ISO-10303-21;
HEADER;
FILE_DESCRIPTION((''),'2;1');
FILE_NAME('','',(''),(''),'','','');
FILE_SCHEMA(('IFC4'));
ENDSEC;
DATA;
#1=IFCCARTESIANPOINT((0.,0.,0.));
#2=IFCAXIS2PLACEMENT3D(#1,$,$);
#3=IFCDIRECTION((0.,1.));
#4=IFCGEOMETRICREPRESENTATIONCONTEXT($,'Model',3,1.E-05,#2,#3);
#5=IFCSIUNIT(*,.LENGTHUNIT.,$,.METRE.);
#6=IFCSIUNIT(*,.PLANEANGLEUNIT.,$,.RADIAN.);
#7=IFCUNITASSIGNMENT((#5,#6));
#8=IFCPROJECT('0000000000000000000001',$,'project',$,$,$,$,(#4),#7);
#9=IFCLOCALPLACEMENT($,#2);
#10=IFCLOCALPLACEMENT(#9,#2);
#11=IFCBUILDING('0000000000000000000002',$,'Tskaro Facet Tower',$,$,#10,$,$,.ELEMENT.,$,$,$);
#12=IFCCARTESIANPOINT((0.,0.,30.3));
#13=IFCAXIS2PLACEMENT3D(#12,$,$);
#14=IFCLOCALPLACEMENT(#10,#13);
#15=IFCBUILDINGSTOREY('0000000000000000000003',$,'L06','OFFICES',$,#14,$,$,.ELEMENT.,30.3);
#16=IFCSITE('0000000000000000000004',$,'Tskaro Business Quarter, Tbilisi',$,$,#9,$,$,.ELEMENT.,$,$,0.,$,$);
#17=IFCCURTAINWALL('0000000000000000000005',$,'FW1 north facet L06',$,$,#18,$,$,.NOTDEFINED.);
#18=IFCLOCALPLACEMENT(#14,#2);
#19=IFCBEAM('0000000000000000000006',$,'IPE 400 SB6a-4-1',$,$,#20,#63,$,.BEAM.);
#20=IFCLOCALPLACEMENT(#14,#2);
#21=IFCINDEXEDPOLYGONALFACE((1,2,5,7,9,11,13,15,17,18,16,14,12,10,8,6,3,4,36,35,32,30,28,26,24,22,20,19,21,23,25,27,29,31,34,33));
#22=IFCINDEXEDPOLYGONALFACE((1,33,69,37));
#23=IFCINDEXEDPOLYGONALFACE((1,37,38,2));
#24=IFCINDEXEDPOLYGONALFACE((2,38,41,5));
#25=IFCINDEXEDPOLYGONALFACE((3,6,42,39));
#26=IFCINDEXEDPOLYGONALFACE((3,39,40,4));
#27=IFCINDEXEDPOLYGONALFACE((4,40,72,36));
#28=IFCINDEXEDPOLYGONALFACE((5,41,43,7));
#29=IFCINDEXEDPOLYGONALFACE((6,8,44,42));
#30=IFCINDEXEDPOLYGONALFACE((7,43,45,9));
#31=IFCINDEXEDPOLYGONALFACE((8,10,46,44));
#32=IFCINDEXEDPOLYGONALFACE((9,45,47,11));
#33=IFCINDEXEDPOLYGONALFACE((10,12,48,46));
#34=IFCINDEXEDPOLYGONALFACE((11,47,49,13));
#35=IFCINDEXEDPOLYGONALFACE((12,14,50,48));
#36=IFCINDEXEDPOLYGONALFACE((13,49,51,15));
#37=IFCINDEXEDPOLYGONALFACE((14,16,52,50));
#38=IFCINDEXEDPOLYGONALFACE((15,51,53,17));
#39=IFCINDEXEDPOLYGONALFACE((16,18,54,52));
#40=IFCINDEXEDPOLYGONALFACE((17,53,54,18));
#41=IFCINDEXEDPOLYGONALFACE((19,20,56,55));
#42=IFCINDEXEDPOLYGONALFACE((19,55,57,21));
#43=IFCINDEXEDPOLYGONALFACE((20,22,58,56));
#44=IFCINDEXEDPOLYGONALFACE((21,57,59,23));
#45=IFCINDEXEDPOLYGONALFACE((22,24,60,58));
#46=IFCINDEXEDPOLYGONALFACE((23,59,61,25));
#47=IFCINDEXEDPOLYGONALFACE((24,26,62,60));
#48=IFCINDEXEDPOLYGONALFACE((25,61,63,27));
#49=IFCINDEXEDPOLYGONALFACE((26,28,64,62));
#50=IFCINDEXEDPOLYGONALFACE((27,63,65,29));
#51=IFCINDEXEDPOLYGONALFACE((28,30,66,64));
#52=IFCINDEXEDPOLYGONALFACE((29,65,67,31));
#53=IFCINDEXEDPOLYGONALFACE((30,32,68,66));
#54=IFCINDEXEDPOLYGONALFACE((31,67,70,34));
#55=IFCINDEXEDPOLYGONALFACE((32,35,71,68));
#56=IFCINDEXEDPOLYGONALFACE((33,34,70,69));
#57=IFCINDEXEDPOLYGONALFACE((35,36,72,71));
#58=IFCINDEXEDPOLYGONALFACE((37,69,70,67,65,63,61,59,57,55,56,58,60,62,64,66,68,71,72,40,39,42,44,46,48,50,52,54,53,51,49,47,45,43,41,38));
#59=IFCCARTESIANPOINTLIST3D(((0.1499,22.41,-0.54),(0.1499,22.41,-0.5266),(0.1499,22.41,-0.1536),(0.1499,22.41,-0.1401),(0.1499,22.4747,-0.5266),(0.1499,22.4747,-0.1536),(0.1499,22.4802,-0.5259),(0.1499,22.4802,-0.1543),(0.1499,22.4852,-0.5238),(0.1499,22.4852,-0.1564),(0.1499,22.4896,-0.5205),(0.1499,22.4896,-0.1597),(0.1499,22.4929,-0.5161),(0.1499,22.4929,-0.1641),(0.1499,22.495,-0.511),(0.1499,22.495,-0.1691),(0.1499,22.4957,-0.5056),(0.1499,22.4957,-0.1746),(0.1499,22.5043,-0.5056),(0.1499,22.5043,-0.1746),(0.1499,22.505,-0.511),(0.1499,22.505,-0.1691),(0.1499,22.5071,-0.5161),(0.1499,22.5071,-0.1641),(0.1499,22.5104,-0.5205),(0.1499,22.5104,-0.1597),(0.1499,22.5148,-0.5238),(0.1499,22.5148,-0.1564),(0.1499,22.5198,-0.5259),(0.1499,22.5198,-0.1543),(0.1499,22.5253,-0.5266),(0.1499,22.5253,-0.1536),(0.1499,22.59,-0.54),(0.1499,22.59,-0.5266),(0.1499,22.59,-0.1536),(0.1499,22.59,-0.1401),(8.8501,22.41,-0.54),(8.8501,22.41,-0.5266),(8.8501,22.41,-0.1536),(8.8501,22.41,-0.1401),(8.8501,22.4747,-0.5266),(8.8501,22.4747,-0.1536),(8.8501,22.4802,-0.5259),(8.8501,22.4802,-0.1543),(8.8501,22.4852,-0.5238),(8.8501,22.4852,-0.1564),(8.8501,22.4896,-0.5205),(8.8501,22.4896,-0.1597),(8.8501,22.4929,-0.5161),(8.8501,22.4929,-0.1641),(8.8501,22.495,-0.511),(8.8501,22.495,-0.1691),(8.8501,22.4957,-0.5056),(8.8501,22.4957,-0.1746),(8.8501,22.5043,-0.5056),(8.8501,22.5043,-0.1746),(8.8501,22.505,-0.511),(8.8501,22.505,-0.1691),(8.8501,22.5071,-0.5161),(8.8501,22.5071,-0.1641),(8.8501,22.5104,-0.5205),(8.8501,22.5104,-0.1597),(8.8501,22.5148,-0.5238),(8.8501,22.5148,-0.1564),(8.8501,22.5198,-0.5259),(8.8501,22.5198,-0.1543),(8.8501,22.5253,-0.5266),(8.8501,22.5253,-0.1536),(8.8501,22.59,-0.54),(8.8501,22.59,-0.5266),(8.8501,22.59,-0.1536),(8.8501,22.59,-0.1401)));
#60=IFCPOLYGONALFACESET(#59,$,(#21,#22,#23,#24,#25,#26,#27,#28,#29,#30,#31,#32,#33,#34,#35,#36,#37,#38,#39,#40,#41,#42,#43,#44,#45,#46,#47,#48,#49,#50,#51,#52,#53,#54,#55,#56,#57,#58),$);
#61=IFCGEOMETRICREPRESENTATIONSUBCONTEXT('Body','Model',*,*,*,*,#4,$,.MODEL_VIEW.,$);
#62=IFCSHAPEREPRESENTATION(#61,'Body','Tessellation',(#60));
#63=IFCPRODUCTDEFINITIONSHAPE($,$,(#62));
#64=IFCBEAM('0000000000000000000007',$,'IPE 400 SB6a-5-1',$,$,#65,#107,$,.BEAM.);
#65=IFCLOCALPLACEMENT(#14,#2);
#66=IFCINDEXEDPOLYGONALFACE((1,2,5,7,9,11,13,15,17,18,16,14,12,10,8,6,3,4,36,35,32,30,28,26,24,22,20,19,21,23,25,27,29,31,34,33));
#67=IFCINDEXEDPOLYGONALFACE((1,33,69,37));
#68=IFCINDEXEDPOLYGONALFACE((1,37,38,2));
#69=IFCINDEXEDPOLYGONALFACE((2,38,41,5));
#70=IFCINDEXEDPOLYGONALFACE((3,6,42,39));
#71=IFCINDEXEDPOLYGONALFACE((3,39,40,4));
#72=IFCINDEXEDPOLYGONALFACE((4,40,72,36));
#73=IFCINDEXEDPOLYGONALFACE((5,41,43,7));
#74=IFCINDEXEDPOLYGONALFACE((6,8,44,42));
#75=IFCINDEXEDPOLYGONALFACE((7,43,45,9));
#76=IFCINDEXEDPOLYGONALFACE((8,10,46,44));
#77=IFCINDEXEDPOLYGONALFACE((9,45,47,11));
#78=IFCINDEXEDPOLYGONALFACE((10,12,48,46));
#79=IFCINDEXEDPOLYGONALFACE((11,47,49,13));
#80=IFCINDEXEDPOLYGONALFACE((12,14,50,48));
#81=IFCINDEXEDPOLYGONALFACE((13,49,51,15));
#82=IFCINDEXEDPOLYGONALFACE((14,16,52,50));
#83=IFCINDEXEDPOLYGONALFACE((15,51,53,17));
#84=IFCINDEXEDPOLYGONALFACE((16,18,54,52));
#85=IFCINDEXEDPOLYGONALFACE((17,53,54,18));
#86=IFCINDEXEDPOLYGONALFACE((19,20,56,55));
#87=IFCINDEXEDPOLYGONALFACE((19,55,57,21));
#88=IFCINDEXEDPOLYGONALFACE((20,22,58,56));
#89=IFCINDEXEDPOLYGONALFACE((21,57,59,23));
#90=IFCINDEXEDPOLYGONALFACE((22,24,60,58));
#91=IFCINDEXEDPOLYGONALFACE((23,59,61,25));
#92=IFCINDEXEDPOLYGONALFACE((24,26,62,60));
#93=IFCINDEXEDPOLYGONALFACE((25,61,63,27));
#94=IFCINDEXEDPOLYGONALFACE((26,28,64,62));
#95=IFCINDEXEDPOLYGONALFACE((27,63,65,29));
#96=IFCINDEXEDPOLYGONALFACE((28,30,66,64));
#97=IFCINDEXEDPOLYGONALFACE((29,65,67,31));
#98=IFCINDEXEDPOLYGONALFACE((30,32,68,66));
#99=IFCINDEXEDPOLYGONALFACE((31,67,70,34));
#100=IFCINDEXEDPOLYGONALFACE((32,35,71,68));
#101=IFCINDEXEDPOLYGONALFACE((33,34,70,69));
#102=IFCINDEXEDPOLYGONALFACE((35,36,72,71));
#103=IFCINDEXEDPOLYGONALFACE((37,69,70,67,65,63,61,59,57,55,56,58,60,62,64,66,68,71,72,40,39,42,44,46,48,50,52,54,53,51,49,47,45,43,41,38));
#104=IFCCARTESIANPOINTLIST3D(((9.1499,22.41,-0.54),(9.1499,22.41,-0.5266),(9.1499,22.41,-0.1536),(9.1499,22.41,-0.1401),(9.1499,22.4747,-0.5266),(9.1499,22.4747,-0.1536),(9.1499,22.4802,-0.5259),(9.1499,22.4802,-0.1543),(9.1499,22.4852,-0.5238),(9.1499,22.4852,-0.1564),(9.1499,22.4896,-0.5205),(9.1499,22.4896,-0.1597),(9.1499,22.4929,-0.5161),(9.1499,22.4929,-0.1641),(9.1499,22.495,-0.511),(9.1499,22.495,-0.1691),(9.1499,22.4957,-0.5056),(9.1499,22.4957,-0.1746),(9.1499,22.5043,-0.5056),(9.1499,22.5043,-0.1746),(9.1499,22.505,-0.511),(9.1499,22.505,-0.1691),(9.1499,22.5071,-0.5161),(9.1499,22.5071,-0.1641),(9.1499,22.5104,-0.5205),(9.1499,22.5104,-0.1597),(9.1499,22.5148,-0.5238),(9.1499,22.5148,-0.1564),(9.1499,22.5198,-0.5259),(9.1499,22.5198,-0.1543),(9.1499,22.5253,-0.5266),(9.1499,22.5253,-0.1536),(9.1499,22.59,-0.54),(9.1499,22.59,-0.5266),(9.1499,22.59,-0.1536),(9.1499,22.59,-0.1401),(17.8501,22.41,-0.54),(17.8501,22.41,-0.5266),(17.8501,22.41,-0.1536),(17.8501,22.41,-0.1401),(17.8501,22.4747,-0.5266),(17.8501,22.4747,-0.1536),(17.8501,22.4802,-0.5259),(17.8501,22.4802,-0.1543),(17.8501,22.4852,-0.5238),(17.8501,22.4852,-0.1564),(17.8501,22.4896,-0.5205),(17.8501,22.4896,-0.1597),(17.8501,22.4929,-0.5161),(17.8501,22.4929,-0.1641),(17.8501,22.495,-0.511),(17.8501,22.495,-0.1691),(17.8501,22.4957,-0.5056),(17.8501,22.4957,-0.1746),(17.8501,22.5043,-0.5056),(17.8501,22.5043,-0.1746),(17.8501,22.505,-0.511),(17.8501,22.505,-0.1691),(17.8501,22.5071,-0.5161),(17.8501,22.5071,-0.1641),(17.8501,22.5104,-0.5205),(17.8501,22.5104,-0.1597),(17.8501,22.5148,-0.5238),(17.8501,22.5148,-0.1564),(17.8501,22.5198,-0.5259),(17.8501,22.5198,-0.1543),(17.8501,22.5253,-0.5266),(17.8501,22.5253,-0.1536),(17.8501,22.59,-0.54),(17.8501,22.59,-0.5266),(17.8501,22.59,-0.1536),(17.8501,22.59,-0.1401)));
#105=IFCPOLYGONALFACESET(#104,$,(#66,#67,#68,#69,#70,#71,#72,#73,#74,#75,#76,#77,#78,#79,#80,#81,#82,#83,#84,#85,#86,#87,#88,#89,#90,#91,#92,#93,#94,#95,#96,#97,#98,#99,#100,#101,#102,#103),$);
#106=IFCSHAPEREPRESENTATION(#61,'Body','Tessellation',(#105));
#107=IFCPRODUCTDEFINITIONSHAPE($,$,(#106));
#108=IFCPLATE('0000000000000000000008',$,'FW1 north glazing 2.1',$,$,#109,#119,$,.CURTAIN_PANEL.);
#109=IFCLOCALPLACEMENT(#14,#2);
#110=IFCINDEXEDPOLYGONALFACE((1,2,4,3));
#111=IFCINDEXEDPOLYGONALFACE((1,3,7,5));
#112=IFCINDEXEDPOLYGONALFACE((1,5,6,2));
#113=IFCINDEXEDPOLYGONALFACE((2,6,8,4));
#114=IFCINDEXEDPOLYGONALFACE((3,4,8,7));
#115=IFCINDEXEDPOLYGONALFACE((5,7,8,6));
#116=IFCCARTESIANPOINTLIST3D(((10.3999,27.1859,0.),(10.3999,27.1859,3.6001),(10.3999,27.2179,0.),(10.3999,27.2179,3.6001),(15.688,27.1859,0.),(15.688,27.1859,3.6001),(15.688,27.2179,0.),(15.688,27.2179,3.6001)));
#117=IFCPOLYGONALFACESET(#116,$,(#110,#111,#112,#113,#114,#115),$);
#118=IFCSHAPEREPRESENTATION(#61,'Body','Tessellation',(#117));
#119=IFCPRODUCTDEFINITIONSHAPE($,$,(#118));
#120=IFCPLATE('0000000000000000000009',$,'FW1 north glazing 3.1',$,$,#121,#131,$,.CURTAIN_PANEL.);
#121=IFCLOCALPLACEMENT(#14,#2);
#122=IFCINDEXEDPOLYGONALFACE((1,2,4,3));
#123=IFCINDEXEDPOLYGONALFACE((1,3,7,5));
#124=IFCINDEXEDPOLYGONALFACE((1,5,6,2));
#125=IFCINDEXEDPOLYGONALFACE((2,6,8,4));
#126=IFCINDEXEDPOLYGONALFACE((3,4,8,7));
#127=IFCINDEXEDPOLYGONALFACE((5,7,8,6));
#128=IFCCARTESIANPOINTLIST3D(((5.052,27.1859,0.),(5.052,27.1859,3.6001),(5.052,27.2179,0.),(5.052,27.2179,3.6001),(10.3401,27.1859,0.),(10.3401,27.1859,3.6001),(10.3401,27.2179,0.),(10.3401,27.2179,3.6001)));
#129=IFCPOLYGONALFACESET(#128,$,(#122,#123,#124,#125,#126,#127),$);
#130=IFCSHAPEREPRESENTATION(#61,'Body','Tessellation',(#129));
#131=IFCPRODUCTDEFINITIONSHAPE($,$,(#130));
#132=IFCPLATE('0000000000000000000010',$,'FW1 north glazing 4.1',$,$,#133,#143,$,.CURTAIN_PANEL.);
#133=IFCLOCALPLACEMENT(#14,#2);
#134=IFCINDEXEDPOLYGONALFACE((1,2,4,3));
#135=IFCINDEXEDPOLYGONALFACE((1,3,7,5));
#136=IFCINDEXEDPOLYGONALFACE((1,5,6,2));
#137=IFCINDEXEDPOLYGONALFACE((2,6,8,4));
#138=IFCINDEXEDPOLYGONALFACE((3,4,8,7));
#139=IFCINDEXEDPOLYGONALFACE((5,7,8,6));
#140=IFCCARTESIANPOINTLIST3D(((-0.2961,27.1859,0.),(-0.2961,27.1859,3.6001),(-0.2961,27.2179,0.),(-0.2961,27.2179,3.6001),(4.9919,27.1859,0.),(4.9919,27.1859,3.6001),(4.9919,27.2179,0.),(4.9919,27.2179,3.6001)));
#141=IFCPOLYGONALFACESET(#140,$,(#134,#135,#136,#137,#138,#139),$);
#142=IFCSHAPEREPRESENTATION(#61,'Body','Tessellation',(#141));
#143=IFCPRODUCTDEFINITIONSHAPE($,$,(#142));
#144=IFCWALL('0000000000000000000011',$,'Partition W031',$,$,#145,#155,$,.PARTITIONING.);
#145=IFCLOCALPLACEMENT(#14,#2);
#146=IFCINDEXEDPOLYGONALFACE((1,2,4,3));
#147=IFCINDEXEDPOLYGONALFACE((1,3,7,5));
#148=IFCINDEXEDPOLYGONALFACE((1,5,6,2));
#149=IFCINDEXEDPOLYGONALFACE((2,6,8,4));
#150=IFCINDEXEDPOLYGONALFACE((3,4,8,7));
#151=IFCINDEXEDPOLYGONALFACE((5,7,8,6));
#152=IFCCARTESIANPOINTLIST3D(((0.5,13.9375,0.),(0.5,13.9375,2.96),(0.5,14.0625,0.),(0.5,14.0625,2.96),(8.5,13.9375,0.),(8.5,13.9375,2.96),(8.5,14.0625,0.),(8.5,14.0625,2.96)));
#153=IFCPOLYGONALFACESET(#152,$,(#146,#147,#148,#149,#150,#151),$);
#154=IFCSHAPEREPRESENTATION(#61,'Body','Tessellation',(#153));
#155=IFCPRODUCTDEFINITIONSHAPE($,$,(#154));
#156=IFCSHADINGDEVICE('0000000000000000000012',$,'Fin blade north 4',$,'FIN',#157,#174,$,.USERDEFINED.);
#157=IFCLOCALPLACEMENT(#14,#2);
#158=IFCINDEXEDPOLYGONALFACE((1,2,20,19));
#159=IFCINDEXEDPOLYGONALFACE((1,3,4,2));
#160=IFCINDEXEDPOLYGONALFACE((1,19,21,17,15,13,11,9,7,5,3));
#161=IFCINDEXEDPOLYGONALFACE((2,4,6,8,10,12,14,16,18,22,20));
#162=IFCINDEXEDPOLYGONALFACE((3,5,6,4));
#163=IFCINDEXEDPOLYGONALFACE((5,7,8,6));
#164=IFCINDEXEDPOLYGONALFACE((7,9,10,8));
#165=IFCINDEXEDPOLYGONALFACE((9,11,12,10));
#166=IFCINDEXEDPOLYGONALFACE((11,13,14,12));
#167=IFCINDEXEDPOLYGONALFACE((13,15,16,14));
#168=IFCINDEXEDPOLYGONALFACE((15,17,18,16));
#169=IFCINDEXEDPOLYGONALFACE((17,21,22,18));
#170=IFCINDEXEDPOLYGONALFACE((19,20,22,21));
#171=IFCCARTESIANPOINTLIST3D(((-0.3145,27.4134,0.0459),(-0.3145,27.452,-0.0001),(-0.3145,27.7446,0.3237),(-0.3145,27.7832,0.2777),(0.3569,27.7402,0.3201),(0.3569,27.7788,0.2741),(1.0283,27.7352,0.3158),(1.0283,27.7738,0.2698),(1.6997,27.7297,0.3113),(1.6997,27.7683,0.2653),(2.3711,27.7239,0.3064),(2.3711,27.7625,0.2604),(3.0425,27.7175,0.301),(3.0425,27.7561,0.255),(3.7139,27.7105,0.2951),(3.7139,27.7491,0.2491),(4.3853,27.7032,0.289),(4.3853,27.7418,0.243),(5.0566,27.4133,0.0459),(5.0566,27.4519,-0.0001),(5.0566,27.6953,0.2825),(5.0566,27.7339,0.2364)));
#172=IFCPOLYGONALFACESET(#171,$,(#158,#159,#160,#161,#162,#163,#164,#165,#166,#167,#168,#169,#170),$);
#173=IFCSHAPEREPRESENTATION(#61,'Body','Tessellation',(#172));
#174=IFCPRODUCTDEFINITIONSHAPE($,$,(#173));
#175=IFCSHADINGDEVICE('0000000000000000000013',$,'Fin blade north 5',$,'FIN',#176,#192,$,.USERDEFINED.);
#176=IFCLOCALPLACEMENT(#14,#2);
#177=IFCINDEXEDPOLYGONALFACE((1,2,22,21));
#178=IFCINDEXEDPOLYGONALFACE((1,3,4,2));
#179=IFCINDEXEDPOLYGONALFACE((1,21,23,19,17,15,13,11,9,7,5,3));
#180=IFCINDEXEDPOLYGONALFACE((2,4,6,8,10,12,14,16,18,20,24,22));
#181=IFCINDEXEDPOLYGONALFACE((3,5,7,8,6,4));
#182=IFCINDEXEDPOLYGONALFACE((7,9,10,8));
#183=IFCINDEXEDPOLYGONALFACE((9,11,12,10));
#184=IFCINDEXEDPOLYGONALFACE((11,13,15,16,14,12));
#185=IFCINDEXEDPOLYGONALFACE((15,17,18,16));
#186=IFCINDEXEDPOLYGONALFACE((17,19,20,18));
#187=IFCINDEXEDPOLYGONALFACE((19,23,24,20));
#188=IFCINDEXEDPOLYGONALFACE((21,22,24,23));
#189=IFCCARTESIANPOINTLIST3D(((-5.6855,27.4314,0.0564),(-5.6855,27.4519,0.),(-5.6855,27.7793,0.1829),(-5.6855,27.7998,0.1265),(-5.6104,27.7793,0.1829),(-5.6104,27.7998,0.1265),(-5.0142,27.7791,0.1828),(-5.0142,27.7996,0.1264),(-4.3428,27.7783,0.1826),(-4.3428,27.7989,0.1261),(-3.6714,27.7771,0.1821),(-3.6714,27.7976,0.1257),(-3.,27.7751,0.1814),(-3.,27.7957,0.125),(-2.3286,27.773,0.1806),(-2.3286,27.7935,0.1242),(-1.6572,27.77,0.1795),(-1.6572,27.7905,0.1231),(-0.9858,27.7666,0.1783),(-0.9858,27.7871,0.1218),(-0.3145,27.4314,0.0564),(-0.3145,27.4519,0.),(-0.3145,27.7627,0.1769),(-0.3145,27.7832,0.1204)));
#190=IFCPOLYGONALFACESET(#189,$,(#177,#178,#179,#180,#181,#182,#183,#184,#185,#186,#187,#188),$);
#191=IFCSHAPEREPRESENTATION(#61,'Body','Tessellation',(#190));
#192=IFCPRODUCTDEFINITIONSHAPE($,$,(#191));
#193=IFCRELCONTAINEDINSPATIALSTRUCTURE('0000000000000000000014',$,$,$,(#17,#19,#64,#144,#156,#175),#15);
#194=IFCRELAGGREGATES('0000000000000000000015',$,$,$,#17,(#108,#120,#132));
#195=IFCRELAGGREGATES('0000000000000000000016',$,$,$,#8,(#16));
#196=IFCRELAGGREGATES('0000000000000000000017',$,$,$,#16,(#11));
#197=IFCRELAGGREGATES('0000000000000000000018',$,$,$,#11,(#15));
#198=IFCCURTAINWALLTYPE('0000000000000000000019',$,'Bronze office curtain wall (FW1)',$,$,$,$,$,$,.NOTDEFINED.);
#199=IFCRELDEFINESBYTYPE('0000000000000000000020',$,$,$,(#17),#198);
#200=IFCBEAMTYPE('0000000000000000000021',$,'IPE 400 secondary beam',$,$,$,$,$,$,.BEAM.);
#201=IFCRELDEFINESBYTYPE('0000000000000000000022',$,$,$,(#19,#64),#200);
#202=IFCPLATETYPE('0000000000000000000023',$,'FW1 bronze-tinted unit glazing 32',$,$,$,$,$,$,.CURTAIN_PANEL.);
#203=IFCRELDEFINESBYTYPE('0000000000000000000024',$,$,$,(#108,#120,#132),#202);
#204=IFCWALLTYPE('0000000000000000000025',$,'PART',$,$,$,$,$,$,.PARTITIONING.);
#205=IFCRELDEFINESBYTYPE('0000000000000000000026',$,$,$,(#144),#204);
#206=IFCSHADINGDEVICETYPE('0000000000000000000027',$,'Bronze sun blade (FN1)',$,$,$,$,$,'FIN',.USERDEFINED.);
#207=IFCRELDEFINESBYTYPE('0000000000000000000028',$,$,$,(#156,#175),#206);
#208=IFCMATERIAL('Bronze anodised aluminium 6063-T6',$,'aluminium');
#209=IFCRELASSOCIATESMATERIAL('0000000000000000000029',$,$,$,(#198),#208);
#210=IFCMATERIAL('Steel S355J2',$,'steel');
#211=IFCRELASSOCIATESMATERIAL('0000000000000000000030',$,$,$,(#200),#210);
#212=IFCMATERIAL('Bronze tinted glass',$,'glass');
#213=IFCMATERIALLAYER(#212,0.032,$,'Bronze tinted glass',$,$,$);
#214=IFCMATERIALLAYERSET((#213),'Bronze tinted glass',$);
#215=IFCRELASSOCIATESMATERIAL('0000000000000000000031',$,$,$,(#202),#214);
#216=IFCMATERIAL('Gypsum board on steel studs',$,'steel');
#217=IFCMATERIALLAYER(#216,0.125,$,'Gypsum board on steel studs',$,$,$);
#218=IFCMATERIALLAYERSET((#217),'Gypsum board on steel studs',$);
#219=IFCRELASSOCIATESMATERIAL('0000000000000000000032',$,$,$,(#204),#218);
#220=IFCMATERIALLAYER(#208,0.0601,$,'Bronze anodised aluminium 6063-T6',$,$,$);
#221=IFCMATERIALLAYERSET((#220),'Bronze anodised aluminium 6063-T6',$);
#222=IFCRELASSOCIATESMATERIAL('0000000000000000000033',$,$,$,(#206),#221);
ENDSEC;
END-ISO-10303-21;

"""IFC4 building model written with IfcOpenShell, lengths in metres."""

from ifc_helpers import new_model, si_unit, direction, frame, frame_2d, origin, origin_2d, place, context, subcontext, project, spatial, polyline, rectangle, i_section, outline, extrude, material, layer, layer_set, material_profile, profile_set, type_object, element, aggregate, save


model = new_model("IFC4")

# Units and contexts
model_context = context("Model", 3, precision=1e-05, world=origin(), true_north=direction((0.0, 1.0)))
body_context = subcontext(model_context, "Body", "Model", "MODEL_VIEW")
ifc_project = project(units=[si_unit("LENGTHUNIT", "METRE"), si_unit("PLANEANGLEUNIT", "RADIAN")], contexts=[model_context])

# Site, building, storey
site_placement = place(None, origin())
site = spatial("IfcSite", under=ifc_project, at=site_placement, Name="Tskaro Business Quarter, Tbilisi", CompositionType="ELEMENT", RefElevation=0.0)
building_placement = place(site_placement, origin())
building = spatial("IfcBuilding", under=site, at=building_placement, Name="Tskaro Facet Tower", CompositionType="ELEMENT")
storey_placement = place(building_placement, frame((0.0, 0.0, 30.3)))
storey = spatial("IfcBuildingStorey", under=building, at=storey_placement, Name="L06", Description="OFFICES", CompositionType="ELEMENT", Elevation=30.3)

# Curtain wall
ifc_material_1 = material(Name="Bronze anodised aluminium 6063-T6", Category="aluminium")
curtain_wall_type = type_object("IfcCurtainWallType", Name="Bronze office curtain wall (FW1)", PredefinedType="NOTDEFINED", material=ifc_material_1)
curtain_wall_placement = place(storey_placement, origin())
curtain_wall = element("IfcCurtainWall", 1, at=curtain_wall_placement, inside=storey, type_object=curtain_wall_type, Name="FW1 north facet L06", PredefinedType="NOTDEFINED")

# Beams
ifc_material_2 = material(Name="Steel S355J2", Category="steel")
ifc_material_profile_1 = material_profile(ifc_material_2, i_section(OverallWidth=0.1799, OverallDepth=0.3999, WebThickness=0.0085, FlangeThickness=0.0134, FilletRadius=0.021, at=origin_2d()), Name="IPE 400")
ifc_profile_set_1 = profile_set([ifc_material_profile_1], Name="Steel S355J2")
beam_type_1 = type_object("IfcBeamType", Name="IPE 400 secondary beam", PredefinedType="BEAM", material=ifc_profile_set_1)
for number, where, z_axis, x_axis, name in (
    (2, (0.1499, 22.5, -0.3401), (1.0, 0.0, 0.0), (0.0, 1.0, 0.0), "IPE 400 SB6a-4-1"),
    (3, (9.1499, 22.5, -0.3401), (1.0, 0.0, 0.0), (0.0, 1.0, 0.0), "IPE 400 SB6a-5-1"),
):
    element("IfcBeam", number, at=place(storey_placement, frame(where, z_axis=z_axis, x_axis=x_axis)), inside=storey, type_object=beam_type_1, Name=name, PredefinedType="BEAM", context=body_context, shape_type="SweptSolid", body=[
        extrude(i_section(OverallWidth=0.1799, OverallDepth=0.3999, WebThickness=0.0085, FlangeThickness=0.0134, FilletRadius=0.021, at=origin_2d()), origin(), (0.0, 0.0, 1.0), 8.7002),
    ])

# Plates
ifc_material_3 = material(Name="Bronze tinted glass", Category="glass")
ifc_layer_1 = layer(ifc_material_3, 0.032, Name="Bronze tinted glass")
ifc_layer_set_1 = layer_set([ifc_layer_1], Name="Bronze tinted glass")
plate_type = type_object("IfcPlateType", Name="FW1 bronze-tinted unit glazing 32", PredefinedType="CURTAIN_PANEL", material=ifc_layer_set_1)
plate_1_placement = place(storey_placement, frame((13.0439, 27.2019, 0.0), z_axis=(0.0, 0.0, 1.0), x_axis=(-1.0, 0.0, 0.0)))
plate_1 = element("IfcPlate", 4, at=plate_1_placement, type_object=plate_type, Name="FW1 north glazing 2.1", PredefinedType="CURTAIN_PANEL", context=body_context, shape_type="SweptSolid", body=[
    extrude(rectangle(XDim=5.2881, YDim=0.032, at=origin_2d()), origin(), (0.0, 0.0, 1.0), 3.6001),
])
plate_2_placement = place(storey_placement, frame((7.696, 27.2019, 0.0), z_axis=(0.0, 0.0, 1.0), x_axis=(-1.0, 0.0, 0.0)))
plate_2 = element("IfcPlate", 5, at=plate_2_placement, type_object=plate_type, Name="FW1 north glazing 3.1", PredefinedType="CURTAIN_PANEL", context=body_context, shape_type="SweptSolid", body=[
    extrude(rectangle(XDim=5.2881, YDim=0.032, at=origin_2d()), origin(), (0.0, 0.0, 1.0), 3.6001),
])
plate_3_placement = place(storey_placement, frame((2.3479, 27.2019, 0.0), z_axis=(0.0, 0.0, 1.0), x_axis=(-1.0, 0.0, 0.0)))
plate_3 = element("IfcPlate", 6, at=plate_3_placement, type_object=plate_type, Name="FW1 north glazing 4.1", PredefinedType="CURTAIN_PANEL", context=body_context, shape_type="SweptSolid", body=[
    extrude(rectangle(XDim=5.2881, YDim=0.032, at=origin_2d()), origin(), (0.0, 0.0, 1.0), 3.6001),
])
aggregate(curtain_wall, [plate_1, plate_2, plate_3])

# Wall
ifc_material_4 = material(Name="Gypsum board on steel studs", Category="steel")
ifc_layer_2 = layer(ifc_material_4, 0.125, Name="Gypsum board on steel studs")
ifc_layer_set_2 = layer_set([ifc_layer_2], Name="Gypsum board on steel studs")
wall_type = type_object("IfcWallType", Name="PART", PredefinedType="PARTITIONING", material=ifc_layer_set_2)
wall_placement = place(storey_placement, frame((0.5, 14.0, 0.0), z_axis=(0.0, 0.0, 1.0), x_axis=(1.0, 0.0, 0.0)))
element("IfcWall", 7, at=wall_placement, inside=storey, type_object=wall_type, Name="Partition W031", PredefinedType="PARTITIONING", context=body_context, shape_type="SweptSolid", body=[
    extrude(rectangle(XDim=8.0, YDim=0.125, at=frame_2d((4.0, 0.0))), origin(), (0.0, 0.0, 1.0), 2.96),
])

# Shading devices
ifc_layer_3 = layer(ifc_material_1, 0.0601, Name="Bronze anodised aluminium 6063-T6")
ifc_layer_set_3 = layer_set([ifc_layer_3], Name="Bronze anodised aluminium 6063-T6")
shading_device_type = type_object("IfcShadingDeviceType", Name="Bronze sun blade (FN1)", ElementType="FIN", PredefinedType="USERDEFINED", material=ifc_layer_set_3)
shading_device_1_placement = place(storey_placement, frame((5.0566, 27.4133, 0.0459), z_axis=(-0.000008, -0.64268, 0.766134), x_axis=(-1.0, 0.000005, -0.000006)))
element("IfcShadingDevice", 8, at=shading_device_1_placement, inside=storey, type_object=shading_device_type, Name="Fin blade north 4", ObjectType="FIN", PredefinedType="USERDEFINED", context=body_context, shape_type="SweptSolid", body=[
    extrude(outline(polyline([(0.0, 0.0), (5.3711, 0.0), (5.3711, -0.4324), (4.6997, -0.4267), (4.0283, -0.4201), (3.3569, -0.413), (2.6855, -0.4053), (2.0142, -0.397), (1.3428, -0.3878), (0.6714, -0.3783), (0.0, -0.3681), (0.0, 0.0)])), origin(), (0.0, 0.0, -1.0), 0.0601),
])
shading_device_2_placement = place(storey_placement, frame((-0.3145, 27.4314, 0.0564), z_axis=(0.000006, -0.341731, 0.939798), x_axis=(-1.0, -0.000002, 0.000005)))
element("IfcShadingDevice", 9, at=shading_device_2_placement, inside=storey, type_object=shading_device_type, Name="Fin blade north 5", ObjectType="FIN", PredefinedType="USERDEFINED", context=body_context, shape_type="SweptSolid", body=[
    extrude(outline(polyline([(0.0, 0.0), (5.3711, 0.0), (5.3711, -0.3702), (5.2959, -0.3702), (4.6997, -0.3699), (4.0283, -0.3692), (3.3569, -0.3679), (2.6855, -0.3658), (2.0142, -0.3635), (1.3428, -0.3603), (0.6714, -0.3567), (0.0, -0.3525), (0.0, 0.0)])), origin(), (0.0, 0.0, -1.0), 0.0601),
])

save(model, "model.ifc")
